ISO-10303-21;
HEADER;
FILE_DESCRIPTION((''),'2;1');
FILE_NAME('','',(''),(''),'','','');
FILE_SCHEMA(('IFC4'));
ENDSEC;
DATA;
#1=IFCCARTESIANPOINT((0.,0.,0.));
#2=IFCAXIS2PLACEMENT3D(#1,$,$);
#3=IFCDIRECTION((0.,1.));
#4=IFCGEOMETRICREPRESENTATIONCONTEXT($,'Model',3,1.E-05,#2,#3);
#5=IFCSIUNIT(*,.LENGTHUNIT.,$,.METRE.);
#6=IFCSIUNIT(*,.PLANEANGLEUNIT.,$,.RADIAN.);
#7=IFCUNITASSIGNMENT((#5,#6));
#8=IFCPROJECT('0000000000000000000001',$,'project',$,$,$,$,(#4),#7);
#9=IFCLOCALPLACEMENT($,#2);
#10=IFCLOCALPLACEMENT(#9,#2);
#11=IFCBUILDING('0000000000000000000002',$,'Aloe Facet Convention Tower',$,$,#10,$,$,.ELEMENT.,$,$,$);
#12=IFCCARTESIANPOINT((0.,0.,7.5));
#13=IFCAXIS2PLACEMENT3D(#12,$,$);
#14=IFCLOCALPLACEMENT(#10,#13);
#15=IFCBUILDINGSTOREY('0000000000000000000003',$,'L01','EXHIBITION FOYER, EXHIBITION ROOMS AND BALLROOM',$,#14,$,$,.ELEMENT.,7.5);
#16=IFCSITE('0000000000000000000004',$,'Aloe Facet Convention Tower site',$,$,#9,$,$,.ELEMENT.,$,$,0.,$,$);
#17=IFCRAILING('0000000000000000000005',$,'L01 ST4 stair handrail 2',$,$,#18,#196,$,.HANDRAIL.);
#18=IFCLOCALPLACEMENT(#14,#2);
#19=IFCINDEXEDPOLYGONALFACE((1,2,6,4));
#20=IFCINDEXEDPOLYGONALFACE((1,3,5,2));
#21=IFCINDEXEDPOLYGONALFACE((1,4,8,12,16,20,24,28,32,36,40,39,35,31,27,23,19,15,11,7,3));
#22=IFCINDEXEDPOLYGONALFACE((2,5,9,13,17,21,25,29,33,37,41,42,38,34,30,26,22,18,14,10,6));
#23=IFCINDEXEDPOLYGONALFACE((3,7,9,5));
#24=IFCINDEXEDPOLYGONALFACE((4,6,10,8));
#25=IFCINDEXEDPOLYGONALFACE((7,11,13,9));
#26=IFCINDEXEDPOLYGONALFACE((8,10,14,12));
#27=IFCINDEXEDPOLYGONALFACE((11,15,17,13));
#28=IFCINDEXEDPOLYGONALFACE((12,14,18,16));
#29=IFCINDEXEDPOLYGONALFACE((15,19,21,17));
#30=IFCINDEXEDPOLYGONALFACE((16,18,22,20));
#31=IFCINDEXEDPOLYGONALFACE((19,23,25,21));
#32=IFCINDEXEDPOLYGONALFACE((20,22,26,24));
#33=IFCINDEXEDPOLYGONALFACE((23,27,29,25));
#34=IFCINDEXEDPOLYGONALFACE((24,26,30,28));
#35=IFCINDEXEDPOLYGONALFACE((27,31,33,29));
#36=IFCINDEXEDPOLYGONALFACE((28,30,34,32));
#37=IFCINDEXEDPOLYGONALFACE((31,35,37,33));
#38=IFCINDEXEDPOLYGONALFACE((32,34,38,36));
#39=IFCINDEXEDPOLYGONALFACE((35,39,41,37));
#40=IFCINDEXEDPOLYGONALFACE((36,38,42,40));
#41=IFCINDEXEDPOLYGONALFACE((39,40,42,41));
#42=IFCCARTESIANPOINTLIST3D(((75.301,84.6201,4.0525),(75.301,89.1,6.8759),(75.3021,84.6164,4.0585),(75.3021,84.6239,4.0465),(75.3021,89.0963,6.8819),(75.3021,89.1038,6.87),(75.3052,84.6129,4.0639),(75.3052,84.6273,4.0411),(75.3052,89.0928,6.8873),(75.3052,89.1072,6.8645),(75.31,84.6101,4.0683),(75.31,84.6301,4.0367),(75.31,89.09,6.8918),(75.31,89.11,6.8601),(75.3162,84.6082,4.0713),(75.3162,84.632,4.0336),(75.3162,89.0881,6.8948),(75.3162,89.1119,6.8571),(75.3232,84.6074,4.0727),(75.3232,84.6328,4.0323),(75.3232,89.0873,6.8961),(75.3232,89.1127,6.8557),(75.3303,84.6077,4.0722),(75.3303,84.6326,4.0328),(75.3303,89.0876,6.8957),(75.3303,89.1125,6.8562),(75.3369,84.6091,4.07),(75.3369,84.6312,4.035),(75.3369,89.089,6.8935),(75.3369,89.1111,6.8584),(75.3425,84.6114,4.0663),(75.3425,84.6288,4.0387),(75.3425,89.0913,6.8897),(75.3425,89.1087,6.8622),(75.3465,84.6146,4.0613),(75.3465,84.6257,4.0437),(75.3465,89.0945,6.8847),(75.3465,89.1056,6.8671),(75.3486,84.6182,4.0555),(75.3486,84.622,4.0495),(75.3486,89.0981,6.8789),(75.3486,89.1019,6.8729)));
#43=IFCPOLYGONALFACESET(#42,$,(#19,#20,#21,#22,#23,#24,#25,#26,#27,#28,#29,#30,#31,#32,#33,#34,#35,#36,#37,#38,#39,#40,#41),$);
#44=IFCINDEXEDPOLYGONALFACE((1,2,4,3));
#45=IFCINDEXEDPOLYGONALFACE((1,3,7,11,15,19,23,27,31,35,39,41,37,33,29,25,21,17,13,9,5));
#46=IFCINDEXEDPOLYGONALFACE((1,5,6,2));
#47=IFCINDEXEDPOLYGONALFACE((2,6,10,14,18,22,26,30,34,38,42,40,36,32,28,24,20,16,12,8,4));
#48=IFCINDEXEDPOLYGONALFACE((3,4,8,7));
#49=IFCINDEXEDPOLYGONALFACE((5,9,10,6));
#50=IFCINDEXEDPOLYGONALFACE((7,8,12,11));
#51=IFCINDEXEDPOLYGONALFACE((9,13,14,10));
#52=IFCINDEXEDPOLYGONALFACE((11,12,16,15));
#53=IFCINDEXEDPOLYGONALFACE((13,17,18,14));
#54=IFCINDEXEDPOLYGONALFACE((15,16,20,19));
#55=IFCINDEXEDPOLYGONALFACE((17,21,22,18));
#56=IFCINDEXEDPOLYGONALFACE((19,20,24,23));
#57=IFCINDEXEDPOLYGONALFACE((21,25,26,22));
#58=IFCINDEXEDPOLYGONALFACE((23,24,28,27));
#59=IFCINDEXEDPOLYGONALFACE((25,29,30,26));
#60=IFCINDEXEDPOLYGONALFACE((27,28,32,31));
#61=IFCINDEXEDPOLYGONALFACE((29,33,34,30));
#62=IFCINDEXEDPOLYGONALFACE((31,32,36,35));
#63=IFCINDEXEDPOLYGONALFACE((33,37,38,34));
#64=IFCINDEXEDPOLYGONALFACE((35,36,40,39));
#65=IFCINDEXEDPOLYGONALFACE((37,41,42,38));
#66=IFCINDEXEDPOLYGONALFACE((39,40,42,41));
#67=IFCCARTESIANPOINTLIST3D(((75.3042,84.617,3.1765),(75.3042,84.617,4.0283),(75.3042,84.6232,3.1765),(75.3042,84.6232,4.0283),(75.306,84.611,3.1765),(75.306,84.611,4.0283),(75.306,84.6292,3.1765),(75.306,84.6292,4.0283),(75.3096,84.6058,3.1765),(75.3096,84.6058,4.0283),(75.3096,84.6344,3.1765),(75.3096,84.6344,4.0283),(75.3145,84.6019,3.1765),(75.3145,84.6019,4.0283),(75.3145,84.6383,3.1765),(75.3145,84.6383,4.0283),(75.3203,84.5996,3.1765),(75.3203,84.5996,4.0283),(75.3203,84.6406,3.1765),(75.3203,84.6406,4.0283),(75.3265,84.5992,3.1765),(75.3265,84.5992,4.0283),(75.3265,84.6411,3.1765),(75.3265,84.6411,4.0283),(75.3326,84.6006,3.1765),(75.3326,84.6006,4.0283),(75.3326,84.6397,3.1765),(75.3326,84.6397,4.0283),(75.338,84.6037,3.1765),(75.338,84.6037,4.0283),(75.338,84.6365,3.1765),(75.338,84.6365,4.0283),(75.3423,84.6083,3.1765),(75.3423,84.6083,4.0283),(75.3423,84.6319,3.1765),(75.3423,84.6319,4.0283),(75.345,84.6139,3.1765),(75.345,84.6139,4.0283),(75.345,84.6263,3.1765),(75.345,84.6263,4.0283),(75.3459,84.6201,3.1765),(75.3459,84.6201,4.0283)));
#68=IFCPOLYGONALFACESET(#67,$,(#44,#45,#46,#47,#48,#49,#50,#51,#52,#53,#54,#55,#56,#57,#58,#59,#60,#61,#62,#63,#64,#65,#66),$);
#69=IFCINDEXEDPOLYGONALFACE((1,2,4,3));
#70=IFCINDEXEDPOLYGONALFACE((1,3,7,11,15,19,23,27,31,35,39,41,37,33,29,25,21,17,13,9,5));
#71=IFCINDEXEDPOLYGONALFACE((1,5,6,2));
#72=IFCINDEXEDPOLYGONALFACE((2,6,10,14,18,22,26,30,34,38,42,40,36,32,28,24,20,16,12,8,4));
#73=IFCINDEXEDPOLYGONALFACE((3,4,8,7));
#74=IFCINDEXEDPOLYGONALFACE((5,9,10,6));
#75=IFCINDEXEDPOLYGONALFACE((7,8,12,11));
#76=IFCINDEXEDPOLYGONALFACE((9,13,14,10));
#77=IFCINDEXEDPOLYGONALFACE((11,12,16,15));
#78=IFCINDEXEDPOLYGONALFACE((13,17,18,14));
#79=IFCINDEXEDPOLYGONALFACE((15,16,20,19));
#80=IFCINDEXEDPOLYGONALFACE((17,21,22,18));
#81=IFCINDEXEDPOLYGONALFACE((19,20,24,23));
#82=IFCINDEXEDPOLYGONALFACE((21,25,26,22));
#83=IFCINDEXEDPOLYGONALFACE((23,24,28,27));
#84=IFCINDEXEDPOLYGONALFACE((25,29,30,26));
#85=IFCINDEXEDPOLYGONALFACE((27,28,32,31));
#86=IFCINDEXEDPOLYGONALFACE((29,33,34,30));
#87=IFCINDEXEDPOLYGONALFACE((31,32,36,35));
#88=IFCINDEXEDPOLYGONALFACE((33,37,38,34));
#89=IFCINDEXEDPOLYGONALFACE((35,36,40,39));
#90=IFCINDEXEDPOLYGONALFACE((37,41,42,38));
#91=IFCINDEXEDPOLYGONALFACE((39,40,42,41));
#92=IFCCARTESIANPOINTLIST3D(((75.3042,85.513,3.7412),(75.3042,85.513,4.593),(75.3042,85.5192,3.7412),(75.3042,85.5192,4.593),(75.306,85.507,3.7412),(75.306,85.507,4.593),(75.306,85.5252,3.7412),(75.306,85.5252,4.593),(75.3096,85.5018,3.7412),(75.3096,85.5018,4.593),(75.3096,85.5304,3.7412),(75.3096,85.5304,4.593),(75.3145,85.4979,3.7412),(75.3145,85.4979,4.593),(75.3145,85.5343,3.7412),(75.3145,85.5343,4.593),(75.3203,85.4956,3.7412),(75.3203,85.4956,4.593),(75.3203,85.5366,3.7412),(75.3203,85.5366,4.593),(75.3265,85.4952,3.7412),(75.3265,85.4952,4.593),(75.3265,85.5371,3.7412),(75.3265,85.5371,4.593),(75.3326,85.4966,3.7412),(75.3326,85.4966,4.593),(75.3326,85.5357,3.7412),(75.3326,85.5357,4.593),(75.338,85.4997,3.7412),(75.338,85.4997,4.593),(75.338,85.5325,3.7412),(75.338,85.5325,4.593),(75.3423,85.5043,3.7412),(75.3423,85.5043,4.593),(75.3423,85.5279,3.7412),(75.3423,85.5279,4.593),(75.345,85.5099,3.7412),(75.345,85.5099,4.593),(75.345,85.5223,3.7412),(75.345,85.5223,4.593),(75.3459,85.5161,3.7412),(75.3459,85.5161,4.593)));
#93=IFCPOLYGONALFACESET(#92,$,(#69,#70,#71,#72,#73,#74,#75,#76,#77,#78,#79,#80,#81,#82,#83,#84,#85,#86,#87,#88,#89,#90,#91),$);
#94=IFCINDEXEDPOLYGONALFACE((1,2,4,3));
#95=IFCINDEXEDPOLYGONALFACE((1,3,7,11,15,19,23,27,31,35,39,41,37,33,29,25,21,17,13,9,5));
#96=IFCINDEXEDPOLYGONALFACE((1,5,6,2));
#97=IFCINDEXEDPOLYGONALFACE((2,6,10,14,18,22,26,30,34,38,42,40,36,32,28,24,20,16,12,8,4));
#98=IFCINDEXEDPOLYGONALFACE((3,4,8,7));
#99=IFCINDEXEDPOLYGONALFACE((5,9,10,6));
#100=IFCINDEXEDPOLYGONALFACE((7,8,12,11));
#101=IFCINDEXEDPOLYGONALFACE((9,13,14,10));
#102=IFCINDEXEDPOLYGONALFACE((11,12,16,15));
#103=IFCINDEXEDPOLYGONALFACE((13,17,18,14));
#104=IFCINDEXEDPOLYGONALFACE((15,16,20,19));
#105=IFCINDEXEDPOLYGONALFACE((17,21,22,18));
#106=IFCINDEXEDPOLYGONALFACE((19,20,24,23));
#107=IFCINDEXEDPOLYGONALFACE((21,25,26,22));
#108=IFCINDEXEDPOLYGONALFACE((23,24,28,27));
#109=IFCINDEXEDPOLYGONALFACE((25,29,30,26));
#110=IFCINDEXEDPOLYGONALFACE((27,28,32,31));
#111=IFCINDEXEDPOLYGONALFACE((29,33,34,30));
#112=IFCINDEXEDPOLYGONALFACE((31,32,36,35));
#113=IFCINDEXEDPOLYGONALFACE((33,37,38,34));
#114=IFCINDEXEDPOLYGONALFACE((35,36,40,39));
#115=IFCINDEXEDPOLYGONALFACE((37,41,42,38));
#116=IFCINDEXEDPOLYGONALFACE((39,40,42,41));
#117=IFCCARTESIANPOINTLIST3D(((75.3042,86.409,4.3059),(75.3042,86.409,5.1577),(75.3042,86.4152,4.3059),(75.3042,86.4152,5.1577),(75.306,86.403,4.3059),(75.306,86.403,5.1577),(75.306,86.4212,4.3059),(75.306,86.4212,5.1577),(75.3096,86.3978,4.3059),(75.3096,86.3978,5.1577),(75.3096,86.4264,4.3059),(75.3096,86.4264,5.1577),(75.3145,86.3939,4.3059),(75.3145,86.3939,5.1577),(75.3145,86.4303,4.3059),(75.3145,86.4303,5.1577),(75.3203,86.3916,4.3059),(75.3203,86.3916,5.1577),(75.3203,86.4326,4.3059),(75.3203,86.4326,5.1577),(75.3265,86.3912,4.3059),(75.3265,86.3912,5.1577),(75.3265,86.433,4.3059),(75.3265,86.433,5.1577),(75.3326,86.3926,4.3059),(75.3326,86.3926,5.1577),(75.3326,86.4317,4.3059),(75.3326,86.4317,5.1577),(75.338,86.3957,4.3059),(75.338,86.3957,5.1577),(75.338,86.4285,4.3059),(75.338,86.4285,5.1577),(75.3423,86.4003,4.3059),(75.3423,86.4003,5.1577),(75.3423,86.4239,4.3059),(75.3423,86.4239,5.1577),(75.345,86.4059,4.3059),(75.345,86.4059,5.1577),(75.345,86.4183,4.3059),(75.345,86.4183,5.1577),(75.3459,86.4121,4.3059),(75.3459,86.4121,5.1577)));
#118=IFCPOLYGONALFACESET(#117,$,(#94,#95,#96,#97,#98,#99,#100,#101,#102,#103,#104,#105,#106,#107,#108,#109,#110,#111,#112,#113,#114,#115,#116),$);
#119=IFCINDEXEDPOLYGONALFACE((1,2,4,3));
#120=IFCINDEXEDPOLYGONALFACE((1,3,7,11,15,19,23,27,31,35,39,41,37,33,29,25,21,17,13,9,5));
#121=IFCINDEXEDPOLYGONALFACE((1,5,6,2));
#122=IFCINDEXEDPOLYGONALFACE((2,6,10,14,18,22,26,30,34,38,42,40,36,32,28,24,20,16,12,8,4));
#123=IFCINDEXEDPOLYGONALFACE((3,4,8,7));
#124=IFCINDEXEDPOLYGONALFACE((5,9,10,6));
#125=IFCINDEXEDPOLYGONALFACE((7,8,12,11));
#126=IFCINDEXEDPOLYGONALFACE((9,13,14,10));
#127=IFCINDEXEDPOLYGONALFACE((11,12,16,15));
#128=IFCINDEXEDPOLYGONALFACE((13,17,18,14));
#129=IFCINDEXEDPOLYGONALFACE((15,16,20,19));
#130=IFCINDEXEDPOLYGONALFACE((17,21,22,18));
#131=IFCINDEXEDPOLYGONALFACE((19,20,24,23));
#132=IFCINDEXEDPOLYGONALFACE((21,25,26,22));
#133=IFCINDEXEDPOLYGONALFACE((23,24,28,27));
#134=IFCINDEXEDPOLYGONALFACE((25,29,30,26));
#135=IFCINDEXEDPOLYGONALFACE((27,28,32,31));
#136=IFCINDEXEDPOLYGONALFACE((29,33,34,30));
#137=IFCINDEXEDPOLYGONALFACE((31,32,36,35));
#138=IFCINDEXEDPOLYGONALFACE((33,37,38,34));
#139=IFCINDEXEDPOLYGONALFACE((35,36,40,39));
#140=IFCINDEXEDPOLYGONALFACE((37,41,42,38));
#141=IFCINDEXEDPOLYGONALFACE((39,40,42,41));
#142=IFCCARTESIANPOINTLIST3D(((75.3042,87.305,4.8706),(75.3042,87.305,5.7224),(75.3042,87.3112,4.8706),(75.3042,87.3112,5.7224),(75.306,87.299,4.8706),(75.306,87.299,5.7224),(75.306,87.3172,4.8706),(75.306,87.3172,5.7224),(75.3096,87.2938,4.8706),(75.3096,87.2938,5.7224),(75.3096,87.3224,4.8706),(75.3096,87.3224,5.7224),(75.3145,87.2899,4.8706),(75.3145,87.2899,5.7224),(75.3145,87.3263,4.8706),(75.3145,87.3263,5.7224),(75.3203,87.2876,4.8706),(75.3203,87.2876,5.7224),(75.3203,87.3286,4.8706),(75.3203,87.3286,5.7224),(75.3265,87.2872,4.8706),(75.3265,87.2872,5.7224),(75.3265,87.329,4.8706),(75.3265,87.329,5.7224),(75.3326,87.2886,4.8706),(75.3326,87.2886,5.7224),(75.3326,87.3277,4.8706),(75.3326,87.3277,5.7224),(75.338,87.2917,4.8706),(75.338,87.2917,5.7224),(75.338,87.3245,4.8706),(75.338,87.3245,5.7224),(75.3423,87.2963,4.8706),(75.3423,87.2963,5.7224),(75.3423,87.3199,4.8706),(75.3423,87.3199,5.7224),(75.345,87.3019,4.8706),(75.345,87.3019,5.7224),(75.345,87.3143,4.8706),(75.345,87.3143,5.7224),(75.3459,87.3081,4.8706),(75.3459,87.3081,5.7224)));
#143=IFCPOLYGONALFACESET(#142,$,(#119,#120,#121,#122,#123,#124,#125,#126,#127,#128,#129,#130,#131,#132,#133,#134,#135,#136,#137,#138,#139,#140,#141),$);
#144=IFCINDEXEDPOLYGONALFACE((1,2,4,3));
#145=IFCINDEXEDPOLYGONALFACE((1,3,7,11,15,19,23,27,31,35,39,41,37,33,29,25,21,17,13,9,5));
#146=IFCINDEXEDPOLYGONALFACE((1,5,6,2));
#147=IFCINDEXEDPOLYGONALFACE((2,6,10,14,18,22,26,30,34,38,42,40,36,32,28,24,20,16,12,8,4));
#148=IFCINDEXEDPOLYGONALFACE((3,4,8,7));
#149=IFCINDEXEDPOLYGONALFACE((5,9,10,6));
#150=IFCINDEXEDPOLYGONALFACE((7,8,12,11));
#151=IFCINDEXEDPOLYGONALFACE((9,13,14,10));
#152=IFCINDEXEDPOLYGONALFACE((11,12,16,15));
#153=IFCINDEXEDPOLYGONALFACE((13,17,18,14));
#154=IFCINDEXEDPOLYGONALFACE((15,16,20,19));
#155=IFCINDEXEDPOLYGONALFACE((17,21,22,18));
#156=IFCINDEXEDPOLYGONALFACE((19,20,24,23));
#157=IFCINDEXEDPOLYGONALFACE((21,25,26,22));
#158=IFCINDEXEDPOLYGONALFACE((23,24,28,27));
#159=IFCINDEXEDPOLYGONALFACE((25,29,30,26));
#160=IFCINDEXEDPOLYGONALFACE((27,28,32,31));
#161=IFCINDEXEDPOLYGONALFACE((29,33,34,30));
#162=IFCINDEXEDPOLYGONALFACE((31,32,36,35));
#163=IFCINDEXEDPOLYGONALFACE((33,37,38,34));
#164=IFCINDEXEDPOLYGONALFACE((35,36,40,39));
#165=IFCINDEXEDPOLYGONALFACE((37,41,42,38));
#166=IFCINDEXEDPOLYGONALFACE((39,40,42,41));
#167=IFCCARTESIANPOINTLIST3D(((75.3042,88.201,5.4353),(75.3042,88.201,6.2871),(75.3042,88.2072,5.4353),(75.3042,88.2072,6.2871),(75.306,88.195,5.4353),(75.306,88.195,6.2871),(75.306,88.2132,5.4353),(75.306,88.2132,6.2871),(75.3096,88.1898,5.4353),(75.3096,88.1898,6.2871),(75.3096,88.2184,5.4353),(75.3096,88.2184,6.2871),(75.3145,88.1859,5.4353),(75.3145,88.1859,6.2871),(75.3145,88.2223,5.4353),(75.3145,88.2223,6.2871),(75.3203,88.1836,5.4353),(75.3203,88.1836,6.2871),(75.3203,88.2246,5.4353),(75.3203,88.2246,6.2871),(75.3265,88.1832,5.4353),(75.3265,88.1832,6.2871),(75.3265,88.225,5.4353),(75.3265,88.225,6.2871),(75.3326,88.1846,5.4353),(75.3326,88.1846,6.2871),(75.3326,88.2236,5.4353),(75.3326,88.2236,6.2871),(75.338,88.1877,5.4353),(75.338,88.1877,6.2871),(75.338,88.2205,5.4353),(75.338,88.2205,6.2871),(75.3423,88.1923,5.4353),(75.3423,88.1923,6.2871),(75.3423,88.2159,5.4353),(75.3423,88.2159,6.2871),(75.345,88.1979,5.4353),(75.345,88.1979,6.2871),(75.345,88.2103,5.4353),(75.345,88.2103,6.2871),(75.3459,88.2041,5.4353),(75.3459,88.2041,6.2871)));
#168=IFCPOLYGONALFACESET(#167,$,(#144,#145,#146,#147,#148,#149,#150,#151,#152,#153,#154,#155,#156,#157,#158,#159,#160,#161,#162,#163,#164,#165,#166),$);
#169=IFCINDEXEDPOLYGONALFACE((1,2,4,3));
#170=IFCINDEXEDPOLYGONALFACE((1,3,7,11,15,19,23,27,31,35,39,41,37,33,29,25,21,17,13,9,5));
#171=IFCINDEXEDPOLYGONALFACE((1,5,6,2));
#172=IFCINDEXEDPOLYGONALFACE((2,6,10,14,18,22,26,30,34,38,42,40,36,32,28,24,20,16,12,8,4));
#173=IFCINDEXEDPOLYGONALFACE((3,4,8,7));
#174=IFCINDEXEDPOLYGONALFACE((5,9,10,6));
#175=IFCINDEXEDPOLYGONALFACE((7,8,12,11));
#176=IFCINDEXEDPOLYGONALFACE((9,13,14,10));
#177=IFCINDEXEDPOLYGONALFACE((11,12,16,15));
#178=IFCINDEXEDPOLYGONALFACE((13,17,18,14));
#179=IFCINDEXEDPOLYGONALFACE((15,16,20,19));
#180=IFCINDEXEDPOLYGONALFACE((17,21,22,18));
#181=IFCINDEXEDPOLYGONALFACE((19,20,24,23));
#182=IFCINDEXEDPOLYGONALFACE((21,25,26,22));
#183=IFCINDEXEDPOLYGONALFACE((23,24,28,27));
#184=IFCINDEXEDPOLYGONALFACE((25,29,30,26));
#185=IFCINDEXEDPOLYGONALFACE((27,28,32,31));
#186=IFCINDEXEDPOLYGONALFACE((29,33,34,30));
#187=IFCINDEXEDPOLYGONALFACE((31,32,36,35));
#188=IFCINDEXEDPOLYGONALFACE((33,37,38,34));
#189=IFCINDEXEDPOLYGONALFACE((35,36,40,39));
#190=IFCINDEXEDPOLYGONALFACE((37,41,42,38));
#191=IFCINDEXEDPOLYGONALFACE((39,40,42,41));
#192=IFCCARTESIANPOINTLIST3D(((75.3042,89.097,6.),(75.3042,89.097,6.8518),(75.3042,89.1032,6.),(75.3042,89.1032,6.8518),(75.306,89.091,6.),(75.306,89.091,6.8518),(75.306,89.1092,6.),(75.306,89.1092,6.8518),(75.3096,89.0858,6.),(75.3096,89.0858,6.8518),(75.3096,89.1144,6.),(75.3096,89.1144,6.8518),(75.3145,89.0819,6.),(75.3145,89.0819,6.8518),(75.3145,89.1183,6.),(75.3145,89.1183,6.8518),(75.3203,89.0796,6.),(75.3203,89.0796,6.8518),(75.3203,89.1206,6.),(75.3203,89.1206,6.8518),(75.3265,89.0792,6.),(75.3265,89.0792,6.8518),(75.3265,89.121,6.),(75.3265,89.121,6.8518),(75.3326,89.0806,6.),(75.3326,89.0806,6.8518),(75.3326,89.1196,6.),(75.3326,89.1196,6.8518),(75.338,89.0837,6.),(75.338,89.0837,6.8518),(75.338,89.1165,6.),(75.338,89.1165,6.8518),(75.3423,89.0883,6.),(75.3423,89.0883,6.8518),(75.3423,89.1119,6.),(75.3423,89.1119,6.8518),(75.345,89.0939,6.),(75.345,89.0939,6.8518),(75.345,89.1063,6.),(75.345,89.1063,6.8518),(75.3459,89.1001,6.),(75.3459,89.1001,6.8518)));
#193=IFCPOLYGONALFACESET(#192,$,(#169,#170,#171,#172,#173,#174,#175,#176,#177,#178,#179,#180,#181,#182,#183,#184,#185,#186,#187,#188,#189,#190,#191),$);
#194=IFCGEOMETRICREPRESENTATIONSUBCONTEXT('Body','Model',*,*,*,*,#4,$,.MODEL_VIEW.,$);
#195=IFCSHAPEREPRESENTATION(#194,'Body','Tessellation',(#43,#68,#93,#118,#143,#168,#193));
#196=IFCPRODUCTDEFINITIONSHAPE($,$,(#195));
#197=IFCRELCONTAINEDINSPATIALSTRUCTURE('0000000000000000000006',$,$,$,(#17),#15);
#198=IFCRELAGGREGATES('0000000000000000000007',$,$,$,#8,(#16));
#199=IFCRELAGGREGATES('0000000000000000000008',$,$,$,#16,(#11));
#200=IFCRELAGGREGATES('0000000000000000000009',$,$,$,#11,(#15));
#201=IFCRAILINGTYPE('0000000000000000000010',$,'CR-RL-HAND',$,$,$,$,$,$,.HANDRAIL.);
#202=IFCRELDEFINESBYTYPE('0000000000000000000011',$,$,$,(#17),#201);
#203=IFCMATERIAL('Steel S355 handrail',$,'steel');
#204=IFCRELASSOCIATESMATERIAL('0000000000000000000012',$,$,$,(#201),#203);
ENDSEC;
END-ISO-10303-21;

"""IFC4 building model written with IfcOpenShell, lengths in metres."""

from ifc_helpers import new_model, si_unit, direction, frame, origin, origin_2d, place, context, subcontext, project, spatial, circle, extrude, material, type_object, element, save


model = new_model("IFC4")

# Units and contexts
model_context = context("Model", 3, precision=1e-05, world=origin(), true_north=direction((0.0, 1.0)))
body_context = subcontext(model_context, "Body", "Model", "MODEL_VIEW")
ifc_project = project(units=[si_unit("LENGTHUNIT", "METRE"), si_unit("PLANEANGLEUNIT", "RADIAN")], contexts=[model_context])

# Site, building, storey
site_placement = place(None, origin())
site = spatial("IfcSite", under=ifc_project, at=site_placement, Name="Aloe Facet Convention Tower site", CompositionType="ELEMENT", RefElevation=0.0)
building_placement = place(site_placement, origin())
building = spatial("IfcBuilding", under=site, at=building_placement, Name="Aloe Facet Convention Tower", CompositionType="ELEMENT")
storey_placement = place(building_placement, frame((0.0, 0.0, 7.5)))
storey = spatial("IfcBuildingStorey", under=building, at=storey_placement, Name="L01", Description="EXHIBITION FOYER, EXHIBITION ROOMS AND BALLROOM", CompositionType="ELEMENT", Elevation=7.5)

# Railing
ifc_material_1 = material(Name="Steel S355 handrail", Category="steel")
railing_type_1 = type_object("IfcRailingType", Name="CR-RL-HAND", PredefinedType="HANDRAIL", material=ifc_material_1)
railing_1_placement = place(storey_placement, frame((75.325, 84.6201, 3.1765)))
element("IfcRailing", 1, at=railing_1_placement, inside=storey, type_object=railing_type_1, Name="L01 ST4 stair handrail 2", PredefinedType="HANDRAIL", context=body_context, shape_type="SweptSolid", body=[
    extrude(circle(Radius=0.0239, at=origin_2d()), frame((0.0, 0.0, 0.876), z_axis=(0.0, 0.845998, 0.533186), x_axis=(-1.0, 0.0, 0.0)), (0.0, 0.0, 1.0), 5.2954),
    extrude(circle(Radius=0.021, at=origin_2d()), origin(), (0.0, 0.0, 1.0), 0.8518),
    extrude(circle(Radius=0.021, at=origin_2d()), frame((0.0, 0.896, 0.5647)), (0.0, 0.0, 1.0), 0.8518),
    extrude(circle(Radius=0.021, at=origin_2d()), frame((0.0, 1.792, 1.1294)), (0.0, 0.0, 1.0), 0.8518),
    extrude(circle(Radius=0.021, at=origin_2d()), frame((0.0, 2.688, 1.6941)), (0.0, 0.0, 1.0), 0.8518),
    extrude(circle(Radius=0.021, at=origin_2d()), frame((0.0, 3.584, 2.2588)), (0.0, 0.0, 1.0), 0.8518),
    extrude(circle(Radius=0.021, at=origin_2d()), frame((0.0, 4.48, 2.8235)), (0.0, 0.0, 1.0), 0.8518),
])

save(model, "model.ifc")
